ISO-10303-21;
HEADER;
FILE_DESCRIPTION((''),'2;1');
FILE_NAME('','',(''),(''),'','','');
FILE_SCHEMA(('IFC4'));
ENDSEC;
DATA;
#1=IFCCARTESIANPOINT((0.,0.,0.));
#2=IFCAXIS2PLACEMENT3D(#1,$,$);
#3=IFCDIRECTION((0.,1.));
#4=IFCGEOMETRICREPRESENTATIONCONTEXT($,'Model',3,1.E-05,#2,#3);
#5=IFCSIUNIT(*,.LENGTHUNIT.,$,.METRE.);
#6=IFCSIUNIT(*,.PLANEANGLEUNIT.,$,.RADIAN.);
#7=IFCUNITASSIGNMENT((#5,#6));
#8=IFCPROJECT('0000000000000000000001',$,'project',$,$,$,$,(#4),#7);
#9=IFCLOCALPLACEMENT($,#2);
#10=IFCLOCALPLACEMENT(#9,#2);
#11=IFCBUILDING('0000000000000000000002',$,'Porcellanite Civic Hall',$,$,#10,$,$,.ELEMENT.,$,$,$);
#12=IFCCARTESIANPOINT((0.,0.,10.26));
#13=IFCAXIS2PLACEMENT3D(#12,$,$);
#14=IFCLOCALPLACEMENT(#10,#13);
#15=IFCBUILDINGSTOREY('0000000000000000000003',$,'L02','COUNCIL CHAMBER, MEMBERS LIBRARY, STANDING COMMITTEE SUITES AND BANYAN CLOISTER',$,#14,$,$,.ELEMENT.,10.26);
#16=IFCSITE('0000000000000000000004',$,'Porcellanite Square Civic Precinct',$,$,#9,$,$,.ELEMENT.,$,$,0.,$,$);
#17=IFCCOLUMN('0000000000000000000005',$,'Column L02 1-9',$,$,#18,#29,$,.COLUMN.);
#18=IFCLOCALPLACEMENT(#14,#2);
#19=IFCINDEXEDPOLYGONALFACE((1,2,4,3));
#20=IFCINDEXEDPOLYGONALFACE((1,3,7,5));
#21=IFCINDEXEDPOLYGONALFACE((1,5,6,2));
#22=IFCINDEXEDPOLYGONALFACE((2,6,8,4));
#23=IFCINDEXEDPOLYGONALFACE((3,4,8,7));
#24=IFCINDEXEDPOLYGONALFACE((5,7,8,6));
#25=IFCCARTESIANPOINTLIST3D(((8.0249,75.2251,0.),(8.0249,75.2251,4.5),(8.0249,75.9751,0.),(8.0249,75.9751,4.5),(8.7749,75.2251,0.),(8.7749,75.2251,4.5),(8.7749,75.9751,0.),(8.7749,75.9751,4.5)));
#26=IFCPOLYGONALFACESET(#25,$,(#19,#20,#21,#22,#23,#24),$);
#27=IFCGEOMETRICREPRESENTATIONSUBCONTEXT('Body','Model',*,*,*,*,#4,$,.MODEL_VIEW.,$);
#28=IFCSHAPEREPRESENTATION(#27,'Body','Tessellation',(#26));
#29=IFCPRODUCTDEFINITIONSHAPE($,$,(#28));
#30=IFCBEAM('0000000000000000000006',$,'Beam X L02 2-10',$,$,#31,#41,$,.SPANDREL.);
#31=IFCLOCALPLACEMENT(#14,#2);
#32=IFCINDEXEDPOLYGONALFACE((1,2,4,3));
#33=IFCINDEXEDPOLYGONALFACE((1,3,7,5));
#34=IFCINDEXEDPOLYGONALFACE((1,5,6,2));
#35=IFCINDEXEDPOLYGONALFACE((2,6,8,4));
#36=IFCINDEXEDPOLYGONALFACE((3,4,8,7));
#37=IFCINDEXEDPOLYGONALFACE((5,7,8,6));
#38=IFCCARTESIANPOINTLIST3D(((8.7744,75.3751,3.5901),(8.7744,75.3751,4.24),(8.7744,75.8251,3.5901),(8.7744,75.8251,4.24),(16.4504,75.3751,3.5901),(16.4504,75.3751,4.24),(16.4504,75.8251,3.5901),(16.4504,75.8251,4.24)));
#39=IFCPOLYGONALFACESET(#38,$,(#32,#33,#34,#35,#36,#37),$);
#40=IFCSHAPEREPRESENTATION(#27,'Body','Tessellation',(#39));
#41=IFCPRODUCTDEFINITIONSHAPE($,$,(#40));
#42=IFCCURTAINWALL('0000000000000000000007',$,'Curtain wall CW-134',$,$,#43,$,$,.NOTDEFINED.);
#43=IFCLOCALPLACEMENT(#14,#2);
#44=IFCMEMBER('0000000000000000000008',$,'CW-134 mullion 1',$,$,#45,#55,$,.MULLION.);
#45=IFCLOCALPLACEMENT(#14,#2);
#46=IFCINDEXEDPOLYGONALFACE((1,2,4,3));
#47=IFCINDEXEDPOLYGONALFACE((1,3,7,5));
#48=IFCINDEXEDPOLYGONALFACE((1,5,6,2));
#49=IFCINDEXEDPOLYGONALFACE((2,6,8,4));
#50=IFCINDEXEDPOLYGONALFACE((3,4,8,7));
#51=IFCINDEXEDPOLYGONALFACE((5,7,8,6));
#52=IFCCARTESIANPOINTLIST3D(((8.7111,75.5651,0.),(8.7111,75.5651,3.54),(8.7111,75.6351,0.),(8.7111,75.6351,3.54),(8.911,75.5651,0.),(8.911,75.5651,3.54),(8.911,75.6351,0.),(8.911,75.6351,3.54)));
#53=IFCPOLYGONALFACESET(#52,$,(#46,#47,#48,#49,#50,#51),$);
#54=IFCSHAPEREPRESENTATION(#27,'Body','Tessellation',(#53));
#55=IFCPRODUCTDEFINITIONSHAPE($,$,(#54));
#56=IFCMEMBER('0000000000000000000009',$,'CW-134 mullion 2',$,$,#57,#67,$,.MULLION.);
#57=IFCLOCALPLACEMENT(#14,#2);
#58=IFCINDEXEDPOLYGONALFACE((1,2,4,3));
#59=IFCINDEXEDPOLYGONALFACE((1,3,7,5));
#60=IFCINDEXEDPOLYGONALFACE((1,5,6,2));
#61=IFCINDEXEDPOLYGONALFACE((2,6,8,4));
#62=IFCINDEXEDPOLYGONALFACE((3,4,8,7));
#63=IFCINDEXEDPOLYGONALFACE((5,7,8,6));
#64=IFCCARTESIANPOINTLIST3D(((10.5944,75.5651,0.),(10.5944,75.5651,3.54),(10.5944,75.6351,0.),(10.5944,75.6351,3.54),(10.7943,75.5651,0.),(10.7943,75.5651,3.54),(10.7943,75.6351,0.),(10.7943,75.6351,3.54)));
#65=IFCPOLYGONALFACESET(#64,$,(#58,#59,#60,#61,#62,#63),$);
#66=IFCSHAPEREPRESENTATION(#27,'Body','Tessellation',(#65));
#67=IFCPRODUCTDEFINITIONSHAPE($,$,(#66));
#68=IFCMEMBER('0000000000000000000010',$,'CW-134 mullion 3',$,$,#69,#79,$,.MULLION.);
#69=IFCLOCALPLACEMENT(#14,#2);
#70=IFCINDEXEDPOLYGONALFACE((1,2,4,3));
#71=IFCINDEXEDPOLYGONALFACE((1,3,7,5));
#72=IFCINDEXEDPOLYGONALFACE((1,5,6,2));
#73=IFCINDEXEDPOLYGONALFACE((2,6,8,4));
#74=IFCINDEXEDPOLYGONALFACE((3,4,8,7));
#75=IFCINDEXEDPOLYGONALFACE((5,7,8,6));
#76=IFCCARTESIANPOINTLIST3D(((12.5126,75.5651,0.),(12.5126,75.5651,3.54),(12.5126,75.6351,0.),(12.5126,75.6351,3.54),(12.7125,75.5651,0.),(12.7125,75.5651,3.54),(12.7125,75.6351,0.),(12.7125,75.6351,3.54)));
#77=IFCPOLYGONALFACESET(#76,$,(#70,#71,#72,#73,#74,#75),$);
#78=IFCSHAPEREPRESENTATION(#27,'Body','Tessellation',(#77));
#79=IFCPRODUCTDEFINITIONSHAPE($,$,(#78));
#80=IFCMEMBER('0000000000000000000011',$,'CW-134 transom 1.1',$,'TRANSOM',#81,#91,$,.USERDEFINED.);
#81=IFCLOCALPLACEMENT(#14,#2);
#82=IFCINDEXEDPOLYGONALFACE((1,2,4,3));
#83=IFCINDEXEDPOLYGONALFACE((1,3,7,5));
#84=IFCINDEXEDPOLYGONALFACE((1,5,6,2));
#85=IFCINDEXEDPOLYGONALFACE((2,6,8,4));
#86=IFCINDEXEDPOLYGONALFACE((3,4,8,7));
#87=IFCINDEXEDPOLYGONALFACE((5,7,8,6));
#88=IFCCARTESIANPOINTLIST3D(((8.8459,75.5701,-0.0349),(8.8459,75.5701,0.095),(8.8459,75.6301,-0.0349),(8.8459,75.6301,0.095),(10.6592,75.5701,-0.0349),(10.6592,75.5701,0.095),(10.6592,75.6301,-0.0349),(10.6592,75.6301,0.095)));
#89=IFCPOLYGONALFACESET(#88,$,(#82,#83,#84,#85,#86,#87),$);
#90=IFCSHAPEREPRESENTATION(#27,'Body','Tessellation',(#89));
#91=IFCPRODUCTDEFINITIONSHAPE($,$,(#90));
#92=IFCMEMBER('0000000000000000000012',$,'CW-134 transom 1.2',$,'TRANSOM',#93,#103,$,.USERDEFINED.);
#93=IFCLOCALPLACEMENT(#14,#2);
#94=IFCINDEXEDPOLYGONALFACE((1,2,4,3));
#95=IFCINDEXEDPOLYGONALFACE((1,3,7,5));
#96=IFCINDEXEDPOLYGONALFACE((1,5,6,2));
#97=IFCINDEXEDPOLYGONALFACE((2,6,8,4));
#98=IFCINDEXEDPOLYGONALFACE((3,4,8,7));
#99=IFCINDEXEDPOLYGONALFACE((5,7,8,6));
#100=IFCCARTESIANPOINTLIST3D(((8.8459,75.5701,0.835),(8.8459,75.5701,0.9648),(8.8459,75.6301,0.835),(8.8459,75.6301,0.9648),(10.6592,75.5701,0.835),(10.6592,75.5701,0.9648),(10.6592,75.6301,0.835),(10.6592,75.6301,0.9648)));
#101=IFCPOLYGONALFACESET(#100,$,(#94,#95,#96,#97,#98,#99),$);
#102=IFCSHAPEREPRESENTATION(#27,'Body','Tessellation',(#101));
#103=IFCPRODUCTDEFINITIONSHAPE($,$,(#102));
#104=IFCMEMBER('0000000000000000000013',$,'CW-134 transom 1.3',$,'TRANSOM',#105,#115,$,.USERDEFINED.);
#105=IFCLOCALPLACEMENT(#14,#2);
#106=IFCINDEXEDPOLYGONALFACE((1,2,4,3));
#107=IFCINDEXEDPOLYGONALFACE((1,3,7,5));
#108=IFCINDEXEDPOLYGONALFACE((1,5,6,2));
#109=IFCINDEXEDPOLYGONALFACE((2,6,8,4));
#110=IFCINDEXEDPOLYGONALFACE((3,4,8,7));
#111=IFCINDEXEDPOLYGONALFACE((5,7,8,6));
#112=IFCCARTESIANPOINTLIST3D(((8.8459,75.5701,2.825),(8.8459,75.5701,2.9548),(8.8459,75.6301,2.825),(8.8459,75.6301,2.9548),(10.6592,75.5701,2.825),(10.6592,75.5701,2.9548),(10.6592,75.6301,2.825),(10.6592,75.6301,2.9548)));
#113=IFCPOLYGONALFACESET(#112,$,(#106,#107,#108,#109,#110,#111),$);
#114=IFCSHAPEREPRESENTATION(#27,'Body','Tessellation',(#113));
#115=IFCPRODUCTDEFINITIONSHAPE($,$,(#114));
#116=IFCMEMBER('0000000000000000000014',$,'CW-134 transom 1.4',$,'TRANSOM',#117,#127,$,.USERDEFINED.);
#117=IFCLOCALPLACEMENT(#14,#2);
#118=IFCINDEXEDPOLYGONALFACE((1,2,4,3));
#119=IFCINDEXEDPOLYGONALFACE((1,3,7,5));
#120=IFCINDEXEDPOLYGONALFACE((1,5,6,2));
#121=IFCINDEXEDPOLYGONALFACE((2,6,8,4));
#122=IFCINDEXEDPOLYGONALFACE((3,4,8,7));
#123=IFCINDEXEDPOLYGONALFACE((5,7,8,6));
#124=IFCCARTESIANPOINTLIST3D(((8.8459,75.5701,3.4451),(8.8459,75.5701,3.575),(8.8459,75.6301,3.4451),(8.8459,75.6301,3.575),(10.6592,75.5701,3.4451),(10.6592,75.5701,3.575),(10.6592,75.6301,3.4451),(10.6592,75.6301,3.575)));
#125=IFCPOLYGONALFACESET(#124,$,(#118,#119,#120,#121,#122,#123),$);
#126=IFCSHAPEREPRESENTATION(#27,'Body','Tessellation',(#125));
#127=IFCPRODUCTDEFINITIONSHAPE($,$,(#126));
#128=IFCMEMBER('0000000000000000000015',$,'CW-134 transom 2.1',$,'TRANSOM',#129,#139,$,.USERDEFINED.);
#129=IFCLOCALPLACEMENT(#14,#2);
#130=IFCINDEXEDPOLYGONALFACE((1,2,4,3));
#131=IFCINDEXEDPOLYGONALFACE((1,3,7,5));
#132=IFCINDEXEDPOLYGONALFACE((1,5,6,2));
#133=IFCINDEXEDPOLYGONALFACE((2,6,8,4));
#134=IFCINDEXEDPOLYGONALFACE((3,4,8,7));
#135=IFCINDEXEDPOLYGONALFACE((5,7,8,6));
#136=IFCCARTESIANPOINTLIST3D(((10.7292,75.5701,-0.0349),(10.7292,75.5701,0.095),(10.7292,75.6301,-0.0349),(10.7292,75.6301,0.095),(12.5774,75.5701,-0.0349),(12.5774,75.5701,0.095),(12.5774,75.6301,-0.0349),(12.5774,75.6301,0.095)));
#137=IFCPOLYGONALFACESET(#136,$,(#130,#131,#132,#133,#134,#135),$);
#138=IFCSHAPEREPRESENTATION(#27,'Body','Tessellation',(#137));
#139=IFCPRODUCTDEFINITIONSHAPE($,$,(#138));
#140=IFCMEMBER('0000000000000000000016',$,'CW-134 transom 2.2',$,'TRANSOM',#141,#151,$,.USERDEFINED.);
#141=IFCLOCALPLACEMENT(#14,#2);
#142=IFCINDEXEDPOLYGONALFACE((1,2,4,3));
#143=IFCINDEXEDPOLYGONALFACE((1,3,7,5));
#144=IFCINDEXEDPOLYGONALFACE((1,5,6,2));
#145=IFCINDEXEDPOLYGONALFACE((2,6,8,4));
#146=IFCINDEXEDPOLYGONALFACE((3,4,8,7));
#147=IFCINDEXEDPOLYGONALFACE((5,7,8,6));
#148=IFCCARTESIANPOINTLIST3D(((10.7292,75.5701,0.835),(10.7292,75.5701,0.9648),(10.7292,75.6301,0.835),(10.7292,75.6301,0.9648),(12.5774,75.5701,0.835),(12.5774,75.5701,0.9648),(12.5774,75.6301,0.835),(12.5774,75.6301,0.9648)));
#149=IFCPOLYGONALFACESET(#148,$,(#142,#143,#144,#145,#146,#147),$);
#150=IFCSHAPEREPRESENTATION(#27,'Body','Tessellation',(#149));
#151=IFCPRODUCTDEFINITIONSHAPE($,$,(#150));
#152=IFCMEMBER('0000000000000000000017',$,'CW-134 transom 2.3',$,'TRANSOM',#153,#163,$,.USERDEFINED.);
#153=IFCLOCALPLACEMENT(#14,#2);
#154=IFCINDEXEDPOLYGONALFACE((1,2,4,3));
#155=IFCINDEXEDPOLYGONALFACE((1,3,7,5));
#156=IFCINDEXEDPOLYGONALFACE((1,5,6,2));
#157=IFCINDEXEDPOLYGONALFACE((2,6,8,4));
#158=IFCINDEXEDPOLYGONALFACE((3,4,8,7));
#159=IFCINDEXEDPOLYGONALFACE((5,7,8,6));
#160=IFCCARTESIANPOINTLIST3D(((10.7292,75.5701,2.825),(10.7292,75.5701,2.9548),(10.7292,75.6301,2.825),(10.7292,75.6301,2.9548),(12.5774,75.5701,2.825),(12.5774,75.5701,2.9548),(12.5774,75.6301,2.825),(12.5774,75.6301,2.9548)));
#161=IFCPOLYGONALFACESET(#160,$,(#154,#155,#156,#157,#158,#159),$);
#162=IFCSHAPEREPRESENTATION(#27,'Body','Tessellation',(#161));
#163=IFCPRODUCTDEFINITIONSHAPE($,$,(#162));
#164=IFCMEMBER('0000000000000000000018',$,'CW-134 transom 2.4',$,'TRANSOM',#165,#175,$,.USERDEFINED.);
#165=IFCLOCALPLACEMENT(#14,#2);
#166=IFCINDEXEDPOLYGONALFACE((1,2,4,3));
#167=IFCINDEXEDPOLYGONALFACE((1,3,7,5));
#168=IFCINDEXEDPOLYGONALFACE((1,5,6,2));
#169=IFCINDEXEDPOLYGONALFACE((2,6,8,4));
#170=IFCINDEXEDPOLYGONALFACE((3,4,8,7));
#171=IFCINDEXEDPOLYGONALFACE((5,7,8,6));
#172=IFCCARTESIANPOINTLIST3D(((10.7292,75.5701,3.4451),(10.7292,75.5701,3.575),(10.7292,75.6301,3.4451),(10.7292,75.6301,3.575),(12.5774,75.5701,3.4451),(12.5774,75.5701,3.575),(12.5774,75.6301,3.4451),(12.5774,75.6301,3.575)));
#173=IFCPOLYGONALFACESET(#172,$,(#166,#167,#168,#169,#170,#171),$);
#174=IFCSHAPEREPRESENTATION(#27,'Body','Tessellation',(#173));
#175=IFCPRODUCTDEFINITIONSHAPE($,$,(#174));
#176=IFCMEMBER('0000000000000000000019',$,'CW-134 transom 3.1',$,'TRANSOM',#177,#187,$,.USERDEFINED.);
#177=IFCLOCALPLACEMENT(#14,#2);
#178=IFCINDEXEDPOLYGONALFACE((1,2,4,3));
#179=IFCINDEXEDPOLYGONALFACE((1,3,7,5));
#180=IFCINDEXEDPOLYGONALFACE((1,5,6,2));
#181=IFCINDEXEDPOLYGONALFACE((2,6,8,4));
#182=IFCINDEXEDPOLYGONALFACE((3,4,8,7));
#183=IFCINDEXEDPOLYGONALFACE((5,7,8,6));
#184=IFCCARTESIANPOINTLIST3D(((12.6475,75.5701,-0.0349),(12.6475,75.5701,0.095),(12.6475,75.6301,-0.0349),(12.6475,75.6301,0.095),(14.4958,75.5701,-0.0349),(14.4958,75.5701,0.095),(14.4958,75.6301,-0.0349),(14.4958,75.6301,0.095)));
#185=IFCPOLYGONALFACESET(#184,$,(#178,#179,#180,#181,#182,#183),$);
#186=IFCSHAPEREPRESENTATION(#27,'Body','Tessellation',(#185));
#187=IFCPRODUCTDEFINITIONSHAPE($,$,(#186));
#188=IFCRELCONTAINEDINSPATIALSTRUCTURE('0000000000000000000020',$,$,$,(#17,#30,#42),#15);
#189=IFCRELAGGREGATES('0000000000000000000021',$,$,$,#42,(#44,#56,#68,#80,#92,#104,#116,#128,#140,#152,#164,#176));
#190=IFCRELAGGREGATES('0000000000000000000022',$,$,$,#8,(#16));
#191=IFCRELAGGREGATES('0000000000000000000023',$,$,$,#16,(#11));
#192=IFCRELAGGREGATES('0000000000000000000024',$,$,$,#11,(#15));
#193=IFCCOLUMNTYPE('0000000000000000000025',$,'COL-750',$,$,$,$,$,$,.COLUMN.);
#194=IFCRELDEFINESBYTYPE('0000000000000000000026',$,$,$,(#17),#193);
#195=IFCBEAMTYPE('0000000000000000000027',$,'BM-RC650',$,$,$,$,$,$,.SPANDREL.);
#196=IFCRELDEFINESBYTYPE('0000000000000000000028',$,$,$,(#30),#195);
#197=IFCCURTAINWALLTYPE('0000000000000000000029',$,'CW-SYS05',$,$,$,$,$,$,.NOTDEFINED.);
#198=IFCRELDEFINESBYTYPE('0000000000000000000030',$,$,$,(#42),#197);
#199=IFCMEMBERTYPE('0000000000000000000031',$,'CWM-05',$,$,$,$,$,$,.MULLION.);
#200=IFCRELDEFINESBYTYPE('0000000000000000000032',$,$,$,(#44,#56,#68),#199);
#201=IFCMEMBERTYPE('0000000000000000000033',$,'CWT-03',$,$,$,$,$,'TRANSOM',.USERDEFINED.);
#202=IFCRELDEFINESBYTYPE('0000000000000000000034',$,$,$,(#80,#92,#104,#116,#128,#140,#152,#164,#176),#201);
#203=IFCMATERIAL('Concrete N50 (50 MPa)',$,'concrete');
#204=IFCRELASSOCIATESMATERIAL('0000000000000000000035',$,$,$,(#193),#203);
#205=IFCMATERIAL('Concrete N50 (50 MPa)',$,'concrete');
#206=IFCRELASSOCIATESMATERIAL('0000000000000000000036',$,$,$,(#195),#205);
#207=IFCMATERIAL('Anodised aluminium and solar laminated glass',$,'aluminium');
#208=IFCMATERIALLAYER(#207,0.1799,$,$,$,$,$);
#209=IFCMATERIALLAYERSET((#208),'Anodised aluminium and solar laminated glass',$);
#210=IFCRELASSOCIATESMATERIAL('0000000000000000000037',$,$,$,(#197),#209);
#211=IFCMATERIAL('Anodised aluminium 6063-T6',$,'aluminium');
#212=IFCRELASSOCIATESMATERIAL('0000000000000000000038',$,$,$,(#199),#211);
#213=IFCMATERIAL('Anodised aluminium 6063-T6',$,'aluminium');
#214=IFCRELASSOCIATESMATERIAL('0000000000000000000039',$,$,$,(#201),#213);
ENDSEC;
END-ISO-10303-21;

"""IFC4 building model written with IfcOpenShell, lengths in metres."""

from ifc_helpers import new_model, si_unit, direction, frame, origin, origin_2d, place, context, subcontext, project, spatial, rectangle, extrude, material, layer, layer_set, material_profile, profile_set, type_object, element, aggregate, save


model = new_model("IFC4")

# Units and contexts
model_context = context("Model", 3, precision=1e-05, world=origin(), true_north=direction((0.0, 1.0)))
body_context = subcontext(model_context, "Body", "Model", "MODEL_VIEW")
ifc_project = project(units=[si_unit("LENGTHUNIT", "METRE"), si_unit("PLANEANGLEUNIT", "RADIAN")], contexts=[model_context])

# Site, building, storey
site_placement = place(None, origin())
site = spatial("IfcSite", under=ifc_project, at=site_placement, Name="Porcellanite Square Civic Precinct", CompositionType="ELEMENT", RefElevation=0.0)
building_placement = place(site_placement, origin())
building = spatial("IfcBuilding", under=site, at=building_placement, Name="Porcellanite Civic Hall", CompositionType="ELEMENT")
storey_placement = place(building_placement, frame((0.0, 0.0, 10.26)))
storey = spatial("IfcBuildingStorey", under=building, at=storey_placement, Name="L02", Description="COUNCIL CHAMBER, MEMBERS LIBRARY, STANDING COMMITTEE SUITES AND BANYAN CLOISTER", CompositionType="ELEMENT", Elevation=10.26)

# Column
ifc_material_1 = material(Name="Concrete N50 (50 MPa)", Category="concrete")
ifc_material_profile_1 = material_profile(ifc_material_1, rectangle(XDim=0.75, YDim=0.75, at=origin_2d()), Name="RC-750x750")
ifc_profile_set_1 = profile_set([ifc_material_profile_1], Name="Concrete N50 (50 MPa)")
column_type = type_object("IfcColumnType", Name="COL-750", PredefinedType="COLUMN", material=ifc_profile_set_1)
column_placement = place(storey_placement, frame((8.3999, 75.6001, 0.0), z_axis=(0.0, 0.0, 1.0), x_axis=(1.0, 0.0, 0.0)))
element("IfcColumn", 1, at=column_placement, inside=storey, type_object=column_type, Name="Column L02 1-9", PredefinedType="COLUMN", context=body_context, shape_type="SweptSolid", body=[
    extrude(rectangle(XDim=0.75, YDim=0.75, at=origin_2d()), origin(), (0.0, 0.0, 1.0), 4.5),
])

# Beam
ifc_material_2 = material(Name="Concrete N50 (50 MPa)", Category="concrete")
ifc_material_profile_2 = material_profile(ifc_material_2, rectangle(XDim=0.45, YDim=0.6499, at=origin_2d()), Name="RC-450x650")
ifc_profile_set_2 = profile_set([ifc_material_profile_2], Name="Concrete N50 (50 MPa)")
beam_type = type_object("IfcBeamType", Name="BM-RC650", PredefinedType="SPANDREL", material=ifc_profile_set_2)
beam_placement = place(storey_placement, frame((8.7744, 75.6001, 3.915), z_axis=(1.0, 0.0, 0.0), x_axis=(0.0, 1.0, 0.0)))
element("IfcBeam", 2, at=beam_placement, inside=storey, type_object=beam_type, Name="Beam X L02 2-10", PredefinedType="SPANDREL", context=body_context, shape_type="SweptSolid", body=[
    extrude(rectangle(XDim=0.45, YDim=0.6499, at=origin_2d()), origin(), (0.0, 0.0, 1.0), 7.676),
])

# Curtain wall, members
ifc_material_3 = material(Name="Anodised aluminium and solar laminated glass", Category="aluminium")
ifc_layer_1 = layer(ifc_material_3, 0.1799)
ifc_layer_set_1 = layer_set([ifc_layer_1], Name="Anodised aluminium and solar laminated glass")
curtain_wall_type = type_object("IfcCurtainWallType", Name="CW-SYS05", PredefinedType="NOTDEFINED", material=ifc_layer_set_1)
curtain_wall_placement = place(storey_placement, origin())
curtain_wall = element("IfcCurtainWall", 3, at=curtain_wall_placement, inside=storey, type_object=curtain_wall_type, Name="Curtain wall CW-134", PredefinedType="NOTDEFINED")
ifc_material_4 = material(Name="Anodised aluminium 6063-T6", Category="aluminium")
ifc_material_profile_3 = material_profile(ifc_material_4, rectangle(XDim=0.0701, YDim=0.2, at=origin_2d()), Name="AL-70x200")
ifc_profile_set_3 = profile_set([ifc_material_profile_3], Name="Anodised aluminium 6063-T6")
member_type_1 = type_object("IfcMemberType", Name="CWM-05", PredefinedType="MULLION", material=ifc_profile_set_3)
member_1_placement = place(storey_placement, frame((8.811, 75.6001, 0.0), z_axis=(0.0, 0.0, 1.0), x_axis=(0.0, 1.0, 0.0)))
member_1 = element("IfcMember", 4, at=member_1_placement, type_object=member_type_1, Name="CW-134 mullion 1", PredefinedType="MULLION", context=body_context, shape_type="SweptSolid", body=[
    extrude(rectangle(XDim=0.0701, YDim=0.2, at=origin_2d()), origin(), (0.0, 0.0, 1.0), 3.54),
])
member_2_placement = place(storey_placement, frame((10.6943, 75.6001, 0.0), z_axis=(0.0, 0.0, 1.0), x_axis=(0.0, 1.0, 0.0)))
member_2 = element("IfcMember", 5, at=member_2_placement, type_object=member_type_1, Name="CW-134 mullion 2", PredefinedType="MULLION", context=body_context, shape_type="SweptSolid", body=[
    extrude(rectangle(XDim=0.0701, YDim=0.2, at=origin_2d()), origin(), (0.0, 0.0, 1.0), 3.54),
])
member_3_placement = place(storey_placement, frame((12.6125, 75.6001, 0.0), z_axis=(0.0, 0.0, 1.0), x_axis=(0.0, 1.0, 0.0)))
member_3 = element("IfcMember", 6, at=member_3_placement, type_object=member_type_1, Name="CW-134 mullion 3", PredefinedType="MULLION", context=body_context, shape_type="SweptSolid", body=[
    extrude(rectangle(XDim=0.0701, YDim=0.2, at=origin_2d()), origin(), (0.0, 0.0, 1.0), 3.54),
])
ifc_material_5 = material(Name="Anodised aluminium 6063-T6", Category="aluminium")
ifc_material_profile_4 = material_profile(ifc_material_5, rectangle(XDim=0.0601, YDim=0.1299, at=origin_2d()), Name="AL-60x130")
ifc_profile_set_4 = profile_set([ifc_material_profile_4], Name="Anodised aluminium 6063-T6")
member_type_2 = type_object("IfcMemberType", Name="CWT-03", ElementType="TRANSOM", PredefinedType="USERDEFINED", material=ifc_profile_set_4)
member_4_placement = place(storey_placement, frame((8.8459, 75.6001, 0.03), z_axis=(1.0, 0.0, 0.0), x_axis=(0.0, 1.0, 0.0)))
member_4 = element("IfcMember", 7, at=member_4_placement, type_object=member_type_2, Name="CW-134 transom 1.1", ObjectType="TRANSOM", PredefinedType="USERDEFINED", context=body_context, shape_type="SweptSolid", body=[
    extrude(rectangle(XDim=0.0601, YDim=0.1299, at=origin_2d()), origin(), (0.0, 0.0, 1.0), 1.8132),
])
member_5_placement = place(storey_placement, frame((8.8459, 75.6001, 0.8999), z_axis=(1.0, 0.0, 0.0), x_axis=(0.0, 1.0, 0.0)))
member_5 = element("IfcMember", 8, at=member_5_placement, type_object=member_type_2, Name="CW-134 transom 1.2", ObjectType="TRANSOM", PredefinedType="USERDEFINED", context=body_context, shape_type="SweptSolid", body=[
    extrude(rectangle(XDim=0.0601, YDim=0.1299, at=origin_2d()), origin(), (0.0, 0.0, 1.0), 1.8132),
])
member_6_placement = place(storey_placement, frame((8.8459, 75.6001, 2.8899), z_axis=(1.0, 0.0, 0.0), x_axis=(0.0, 1.0, 0.0)))
member_6 = element("IfcMember", 9, at=member_6_placement, type_object=member_type_2, Name="CW-134 transom 1.3", ObjectType="TRANSOM", PredefinedType="USERDEFINED", context=body_context, shape_type="SweptSolid", body=[
    extrude(rectangle(XDim=0.0601, YDim=0.1299, at=origin_2d()), origin(), (0.0, 0.0, 1.0), 1.8132),
])
member_7_placement = place(storey_placement, frame((8.8459, 75.6001, 3.51), z_axis=(1.0, 0.0, 0.0), x_axis=(0.0, 1.0, 0.0)))
member_7 = element("IfcMember", 10, at=member_7_placement, type_object=member_type_2, Name="CW-134 transom 1.4", ObjectType="TRANSOM", PredefinedType="USERDEFINED", context=body_context, shape_type="SweptSolid", body=[
    extrude(rectangle(XDim=0.0601, YDim=0.1299, at=origin_2d()), origin(), (0.0, 0.0, 1.0), 1.8132),
])
member_8_placement = place(storey_placement, frame((10.7292, 75.6001, 0.03), z_axis=(1.0, 0.0, 0.0), x_axis=(0.0, 1.0, 0.0)))
member_8 = element("IfcMember", 11, at=member_8_placement, type_object=member_type_2, Name="CW-134 transom 2.1", ObjectType="TRANSOM", PredefinedType="USERDEFINED", context=body_context, shape_type="SweptSolid", body=[
    extrude(rectangle(XDim=0.0601, YDim=0.1299, at=origin_2d()), origin(), (0.0, 0.0, 1.0), 1.8481),
])
member_9_placement = place(storey_placement, frame((10.7292, 75.6001, 0.8999), z_axis=(1.0, 0.0, 0.0), x_axis=(0.0, 1.0, 0.0)))
member_9 = element("IfcMember", 12, at=member_9_placement, type_object=member_type_2, Name="CW-134 transom 2.2", ObjectType="TRANSOM", PredefinedType="USERDEFINED", context=body_context, shape_type="SweptSolid", body=[
    extrude(rectangle(XDim=0.0601, YDim=0.1299, at=origin_2d()), origin(), (0.0, 0.0, 1.0), 1.8481),
])
member_10_placement = place(storey_placement, frame((10.7292, 75.6001, 2.8899), z_axis=(1.0, 0.0, 0.0), x_axis=(0.0, 1.0, 0.0)))
member_10 = element("IfcMember", 13, at=member_10_placement, type_object=member_type_2, Name="CW-134 transom 2.3", ObjectType="TRANSOM", PredefinedType="USERDEFINED", context=body_context, shape_type="SweptSolid", body=[
    extrude(rectangle(XDim=0.0601, YDim=0.1299, at=origin_2d()), origin(), (0.0, 0.0, 1.0), 1.8481),
])
member_11_placement = place(storey_placement, frame((10.7292, 75.6001, 3.51), z_axis=(1.0, 0.0, 0.0), x_axis=(0.0, 1.0, 0.0)))
member_11 = element("IfcMember", 14, at=member_11_placement, type_object=member_type_2, Name="CW-134 transom 2.4", ObjectType="TRANSOM", PredefinedType="USERDEFINED", context=body_context, shape_type="SweptSolid", body=[
    extrude(rectangle(XDim=0.0601, YDim=0.1299, at=origin_2d()), origin(), (0.0, 0.0, 1.0), 1.8481),
])
member_12_placement = place(storey_placement, frame((12.6475, 75.6001, 0.03), z_axis=(1.0, 0.0, 0.0), x_axis=(0.0, 1.0, 0.0)))
member_12 = element("IfcMember", 15, at=member_12_placement, type_object=member_type_2, Name="CW-134 transom 3.1", ObjectType="TRANSOM", PredefinedType="USERDEFINED", context=body_context, shape_type="SweptSolid", body=[
    extrude(rectangle(XDim=0.0601, YDim=0.1299, at=origin_2d()), origin(), (0.0, 0.0, 1.0), 1.8484),
])
aggregate(curtain_wall, [member_1, member_2, member_3, member_4, member_5, member_6, member_7, member_8, member_9, member_10, member_11, member_12])

save(model, "model.ifc")
